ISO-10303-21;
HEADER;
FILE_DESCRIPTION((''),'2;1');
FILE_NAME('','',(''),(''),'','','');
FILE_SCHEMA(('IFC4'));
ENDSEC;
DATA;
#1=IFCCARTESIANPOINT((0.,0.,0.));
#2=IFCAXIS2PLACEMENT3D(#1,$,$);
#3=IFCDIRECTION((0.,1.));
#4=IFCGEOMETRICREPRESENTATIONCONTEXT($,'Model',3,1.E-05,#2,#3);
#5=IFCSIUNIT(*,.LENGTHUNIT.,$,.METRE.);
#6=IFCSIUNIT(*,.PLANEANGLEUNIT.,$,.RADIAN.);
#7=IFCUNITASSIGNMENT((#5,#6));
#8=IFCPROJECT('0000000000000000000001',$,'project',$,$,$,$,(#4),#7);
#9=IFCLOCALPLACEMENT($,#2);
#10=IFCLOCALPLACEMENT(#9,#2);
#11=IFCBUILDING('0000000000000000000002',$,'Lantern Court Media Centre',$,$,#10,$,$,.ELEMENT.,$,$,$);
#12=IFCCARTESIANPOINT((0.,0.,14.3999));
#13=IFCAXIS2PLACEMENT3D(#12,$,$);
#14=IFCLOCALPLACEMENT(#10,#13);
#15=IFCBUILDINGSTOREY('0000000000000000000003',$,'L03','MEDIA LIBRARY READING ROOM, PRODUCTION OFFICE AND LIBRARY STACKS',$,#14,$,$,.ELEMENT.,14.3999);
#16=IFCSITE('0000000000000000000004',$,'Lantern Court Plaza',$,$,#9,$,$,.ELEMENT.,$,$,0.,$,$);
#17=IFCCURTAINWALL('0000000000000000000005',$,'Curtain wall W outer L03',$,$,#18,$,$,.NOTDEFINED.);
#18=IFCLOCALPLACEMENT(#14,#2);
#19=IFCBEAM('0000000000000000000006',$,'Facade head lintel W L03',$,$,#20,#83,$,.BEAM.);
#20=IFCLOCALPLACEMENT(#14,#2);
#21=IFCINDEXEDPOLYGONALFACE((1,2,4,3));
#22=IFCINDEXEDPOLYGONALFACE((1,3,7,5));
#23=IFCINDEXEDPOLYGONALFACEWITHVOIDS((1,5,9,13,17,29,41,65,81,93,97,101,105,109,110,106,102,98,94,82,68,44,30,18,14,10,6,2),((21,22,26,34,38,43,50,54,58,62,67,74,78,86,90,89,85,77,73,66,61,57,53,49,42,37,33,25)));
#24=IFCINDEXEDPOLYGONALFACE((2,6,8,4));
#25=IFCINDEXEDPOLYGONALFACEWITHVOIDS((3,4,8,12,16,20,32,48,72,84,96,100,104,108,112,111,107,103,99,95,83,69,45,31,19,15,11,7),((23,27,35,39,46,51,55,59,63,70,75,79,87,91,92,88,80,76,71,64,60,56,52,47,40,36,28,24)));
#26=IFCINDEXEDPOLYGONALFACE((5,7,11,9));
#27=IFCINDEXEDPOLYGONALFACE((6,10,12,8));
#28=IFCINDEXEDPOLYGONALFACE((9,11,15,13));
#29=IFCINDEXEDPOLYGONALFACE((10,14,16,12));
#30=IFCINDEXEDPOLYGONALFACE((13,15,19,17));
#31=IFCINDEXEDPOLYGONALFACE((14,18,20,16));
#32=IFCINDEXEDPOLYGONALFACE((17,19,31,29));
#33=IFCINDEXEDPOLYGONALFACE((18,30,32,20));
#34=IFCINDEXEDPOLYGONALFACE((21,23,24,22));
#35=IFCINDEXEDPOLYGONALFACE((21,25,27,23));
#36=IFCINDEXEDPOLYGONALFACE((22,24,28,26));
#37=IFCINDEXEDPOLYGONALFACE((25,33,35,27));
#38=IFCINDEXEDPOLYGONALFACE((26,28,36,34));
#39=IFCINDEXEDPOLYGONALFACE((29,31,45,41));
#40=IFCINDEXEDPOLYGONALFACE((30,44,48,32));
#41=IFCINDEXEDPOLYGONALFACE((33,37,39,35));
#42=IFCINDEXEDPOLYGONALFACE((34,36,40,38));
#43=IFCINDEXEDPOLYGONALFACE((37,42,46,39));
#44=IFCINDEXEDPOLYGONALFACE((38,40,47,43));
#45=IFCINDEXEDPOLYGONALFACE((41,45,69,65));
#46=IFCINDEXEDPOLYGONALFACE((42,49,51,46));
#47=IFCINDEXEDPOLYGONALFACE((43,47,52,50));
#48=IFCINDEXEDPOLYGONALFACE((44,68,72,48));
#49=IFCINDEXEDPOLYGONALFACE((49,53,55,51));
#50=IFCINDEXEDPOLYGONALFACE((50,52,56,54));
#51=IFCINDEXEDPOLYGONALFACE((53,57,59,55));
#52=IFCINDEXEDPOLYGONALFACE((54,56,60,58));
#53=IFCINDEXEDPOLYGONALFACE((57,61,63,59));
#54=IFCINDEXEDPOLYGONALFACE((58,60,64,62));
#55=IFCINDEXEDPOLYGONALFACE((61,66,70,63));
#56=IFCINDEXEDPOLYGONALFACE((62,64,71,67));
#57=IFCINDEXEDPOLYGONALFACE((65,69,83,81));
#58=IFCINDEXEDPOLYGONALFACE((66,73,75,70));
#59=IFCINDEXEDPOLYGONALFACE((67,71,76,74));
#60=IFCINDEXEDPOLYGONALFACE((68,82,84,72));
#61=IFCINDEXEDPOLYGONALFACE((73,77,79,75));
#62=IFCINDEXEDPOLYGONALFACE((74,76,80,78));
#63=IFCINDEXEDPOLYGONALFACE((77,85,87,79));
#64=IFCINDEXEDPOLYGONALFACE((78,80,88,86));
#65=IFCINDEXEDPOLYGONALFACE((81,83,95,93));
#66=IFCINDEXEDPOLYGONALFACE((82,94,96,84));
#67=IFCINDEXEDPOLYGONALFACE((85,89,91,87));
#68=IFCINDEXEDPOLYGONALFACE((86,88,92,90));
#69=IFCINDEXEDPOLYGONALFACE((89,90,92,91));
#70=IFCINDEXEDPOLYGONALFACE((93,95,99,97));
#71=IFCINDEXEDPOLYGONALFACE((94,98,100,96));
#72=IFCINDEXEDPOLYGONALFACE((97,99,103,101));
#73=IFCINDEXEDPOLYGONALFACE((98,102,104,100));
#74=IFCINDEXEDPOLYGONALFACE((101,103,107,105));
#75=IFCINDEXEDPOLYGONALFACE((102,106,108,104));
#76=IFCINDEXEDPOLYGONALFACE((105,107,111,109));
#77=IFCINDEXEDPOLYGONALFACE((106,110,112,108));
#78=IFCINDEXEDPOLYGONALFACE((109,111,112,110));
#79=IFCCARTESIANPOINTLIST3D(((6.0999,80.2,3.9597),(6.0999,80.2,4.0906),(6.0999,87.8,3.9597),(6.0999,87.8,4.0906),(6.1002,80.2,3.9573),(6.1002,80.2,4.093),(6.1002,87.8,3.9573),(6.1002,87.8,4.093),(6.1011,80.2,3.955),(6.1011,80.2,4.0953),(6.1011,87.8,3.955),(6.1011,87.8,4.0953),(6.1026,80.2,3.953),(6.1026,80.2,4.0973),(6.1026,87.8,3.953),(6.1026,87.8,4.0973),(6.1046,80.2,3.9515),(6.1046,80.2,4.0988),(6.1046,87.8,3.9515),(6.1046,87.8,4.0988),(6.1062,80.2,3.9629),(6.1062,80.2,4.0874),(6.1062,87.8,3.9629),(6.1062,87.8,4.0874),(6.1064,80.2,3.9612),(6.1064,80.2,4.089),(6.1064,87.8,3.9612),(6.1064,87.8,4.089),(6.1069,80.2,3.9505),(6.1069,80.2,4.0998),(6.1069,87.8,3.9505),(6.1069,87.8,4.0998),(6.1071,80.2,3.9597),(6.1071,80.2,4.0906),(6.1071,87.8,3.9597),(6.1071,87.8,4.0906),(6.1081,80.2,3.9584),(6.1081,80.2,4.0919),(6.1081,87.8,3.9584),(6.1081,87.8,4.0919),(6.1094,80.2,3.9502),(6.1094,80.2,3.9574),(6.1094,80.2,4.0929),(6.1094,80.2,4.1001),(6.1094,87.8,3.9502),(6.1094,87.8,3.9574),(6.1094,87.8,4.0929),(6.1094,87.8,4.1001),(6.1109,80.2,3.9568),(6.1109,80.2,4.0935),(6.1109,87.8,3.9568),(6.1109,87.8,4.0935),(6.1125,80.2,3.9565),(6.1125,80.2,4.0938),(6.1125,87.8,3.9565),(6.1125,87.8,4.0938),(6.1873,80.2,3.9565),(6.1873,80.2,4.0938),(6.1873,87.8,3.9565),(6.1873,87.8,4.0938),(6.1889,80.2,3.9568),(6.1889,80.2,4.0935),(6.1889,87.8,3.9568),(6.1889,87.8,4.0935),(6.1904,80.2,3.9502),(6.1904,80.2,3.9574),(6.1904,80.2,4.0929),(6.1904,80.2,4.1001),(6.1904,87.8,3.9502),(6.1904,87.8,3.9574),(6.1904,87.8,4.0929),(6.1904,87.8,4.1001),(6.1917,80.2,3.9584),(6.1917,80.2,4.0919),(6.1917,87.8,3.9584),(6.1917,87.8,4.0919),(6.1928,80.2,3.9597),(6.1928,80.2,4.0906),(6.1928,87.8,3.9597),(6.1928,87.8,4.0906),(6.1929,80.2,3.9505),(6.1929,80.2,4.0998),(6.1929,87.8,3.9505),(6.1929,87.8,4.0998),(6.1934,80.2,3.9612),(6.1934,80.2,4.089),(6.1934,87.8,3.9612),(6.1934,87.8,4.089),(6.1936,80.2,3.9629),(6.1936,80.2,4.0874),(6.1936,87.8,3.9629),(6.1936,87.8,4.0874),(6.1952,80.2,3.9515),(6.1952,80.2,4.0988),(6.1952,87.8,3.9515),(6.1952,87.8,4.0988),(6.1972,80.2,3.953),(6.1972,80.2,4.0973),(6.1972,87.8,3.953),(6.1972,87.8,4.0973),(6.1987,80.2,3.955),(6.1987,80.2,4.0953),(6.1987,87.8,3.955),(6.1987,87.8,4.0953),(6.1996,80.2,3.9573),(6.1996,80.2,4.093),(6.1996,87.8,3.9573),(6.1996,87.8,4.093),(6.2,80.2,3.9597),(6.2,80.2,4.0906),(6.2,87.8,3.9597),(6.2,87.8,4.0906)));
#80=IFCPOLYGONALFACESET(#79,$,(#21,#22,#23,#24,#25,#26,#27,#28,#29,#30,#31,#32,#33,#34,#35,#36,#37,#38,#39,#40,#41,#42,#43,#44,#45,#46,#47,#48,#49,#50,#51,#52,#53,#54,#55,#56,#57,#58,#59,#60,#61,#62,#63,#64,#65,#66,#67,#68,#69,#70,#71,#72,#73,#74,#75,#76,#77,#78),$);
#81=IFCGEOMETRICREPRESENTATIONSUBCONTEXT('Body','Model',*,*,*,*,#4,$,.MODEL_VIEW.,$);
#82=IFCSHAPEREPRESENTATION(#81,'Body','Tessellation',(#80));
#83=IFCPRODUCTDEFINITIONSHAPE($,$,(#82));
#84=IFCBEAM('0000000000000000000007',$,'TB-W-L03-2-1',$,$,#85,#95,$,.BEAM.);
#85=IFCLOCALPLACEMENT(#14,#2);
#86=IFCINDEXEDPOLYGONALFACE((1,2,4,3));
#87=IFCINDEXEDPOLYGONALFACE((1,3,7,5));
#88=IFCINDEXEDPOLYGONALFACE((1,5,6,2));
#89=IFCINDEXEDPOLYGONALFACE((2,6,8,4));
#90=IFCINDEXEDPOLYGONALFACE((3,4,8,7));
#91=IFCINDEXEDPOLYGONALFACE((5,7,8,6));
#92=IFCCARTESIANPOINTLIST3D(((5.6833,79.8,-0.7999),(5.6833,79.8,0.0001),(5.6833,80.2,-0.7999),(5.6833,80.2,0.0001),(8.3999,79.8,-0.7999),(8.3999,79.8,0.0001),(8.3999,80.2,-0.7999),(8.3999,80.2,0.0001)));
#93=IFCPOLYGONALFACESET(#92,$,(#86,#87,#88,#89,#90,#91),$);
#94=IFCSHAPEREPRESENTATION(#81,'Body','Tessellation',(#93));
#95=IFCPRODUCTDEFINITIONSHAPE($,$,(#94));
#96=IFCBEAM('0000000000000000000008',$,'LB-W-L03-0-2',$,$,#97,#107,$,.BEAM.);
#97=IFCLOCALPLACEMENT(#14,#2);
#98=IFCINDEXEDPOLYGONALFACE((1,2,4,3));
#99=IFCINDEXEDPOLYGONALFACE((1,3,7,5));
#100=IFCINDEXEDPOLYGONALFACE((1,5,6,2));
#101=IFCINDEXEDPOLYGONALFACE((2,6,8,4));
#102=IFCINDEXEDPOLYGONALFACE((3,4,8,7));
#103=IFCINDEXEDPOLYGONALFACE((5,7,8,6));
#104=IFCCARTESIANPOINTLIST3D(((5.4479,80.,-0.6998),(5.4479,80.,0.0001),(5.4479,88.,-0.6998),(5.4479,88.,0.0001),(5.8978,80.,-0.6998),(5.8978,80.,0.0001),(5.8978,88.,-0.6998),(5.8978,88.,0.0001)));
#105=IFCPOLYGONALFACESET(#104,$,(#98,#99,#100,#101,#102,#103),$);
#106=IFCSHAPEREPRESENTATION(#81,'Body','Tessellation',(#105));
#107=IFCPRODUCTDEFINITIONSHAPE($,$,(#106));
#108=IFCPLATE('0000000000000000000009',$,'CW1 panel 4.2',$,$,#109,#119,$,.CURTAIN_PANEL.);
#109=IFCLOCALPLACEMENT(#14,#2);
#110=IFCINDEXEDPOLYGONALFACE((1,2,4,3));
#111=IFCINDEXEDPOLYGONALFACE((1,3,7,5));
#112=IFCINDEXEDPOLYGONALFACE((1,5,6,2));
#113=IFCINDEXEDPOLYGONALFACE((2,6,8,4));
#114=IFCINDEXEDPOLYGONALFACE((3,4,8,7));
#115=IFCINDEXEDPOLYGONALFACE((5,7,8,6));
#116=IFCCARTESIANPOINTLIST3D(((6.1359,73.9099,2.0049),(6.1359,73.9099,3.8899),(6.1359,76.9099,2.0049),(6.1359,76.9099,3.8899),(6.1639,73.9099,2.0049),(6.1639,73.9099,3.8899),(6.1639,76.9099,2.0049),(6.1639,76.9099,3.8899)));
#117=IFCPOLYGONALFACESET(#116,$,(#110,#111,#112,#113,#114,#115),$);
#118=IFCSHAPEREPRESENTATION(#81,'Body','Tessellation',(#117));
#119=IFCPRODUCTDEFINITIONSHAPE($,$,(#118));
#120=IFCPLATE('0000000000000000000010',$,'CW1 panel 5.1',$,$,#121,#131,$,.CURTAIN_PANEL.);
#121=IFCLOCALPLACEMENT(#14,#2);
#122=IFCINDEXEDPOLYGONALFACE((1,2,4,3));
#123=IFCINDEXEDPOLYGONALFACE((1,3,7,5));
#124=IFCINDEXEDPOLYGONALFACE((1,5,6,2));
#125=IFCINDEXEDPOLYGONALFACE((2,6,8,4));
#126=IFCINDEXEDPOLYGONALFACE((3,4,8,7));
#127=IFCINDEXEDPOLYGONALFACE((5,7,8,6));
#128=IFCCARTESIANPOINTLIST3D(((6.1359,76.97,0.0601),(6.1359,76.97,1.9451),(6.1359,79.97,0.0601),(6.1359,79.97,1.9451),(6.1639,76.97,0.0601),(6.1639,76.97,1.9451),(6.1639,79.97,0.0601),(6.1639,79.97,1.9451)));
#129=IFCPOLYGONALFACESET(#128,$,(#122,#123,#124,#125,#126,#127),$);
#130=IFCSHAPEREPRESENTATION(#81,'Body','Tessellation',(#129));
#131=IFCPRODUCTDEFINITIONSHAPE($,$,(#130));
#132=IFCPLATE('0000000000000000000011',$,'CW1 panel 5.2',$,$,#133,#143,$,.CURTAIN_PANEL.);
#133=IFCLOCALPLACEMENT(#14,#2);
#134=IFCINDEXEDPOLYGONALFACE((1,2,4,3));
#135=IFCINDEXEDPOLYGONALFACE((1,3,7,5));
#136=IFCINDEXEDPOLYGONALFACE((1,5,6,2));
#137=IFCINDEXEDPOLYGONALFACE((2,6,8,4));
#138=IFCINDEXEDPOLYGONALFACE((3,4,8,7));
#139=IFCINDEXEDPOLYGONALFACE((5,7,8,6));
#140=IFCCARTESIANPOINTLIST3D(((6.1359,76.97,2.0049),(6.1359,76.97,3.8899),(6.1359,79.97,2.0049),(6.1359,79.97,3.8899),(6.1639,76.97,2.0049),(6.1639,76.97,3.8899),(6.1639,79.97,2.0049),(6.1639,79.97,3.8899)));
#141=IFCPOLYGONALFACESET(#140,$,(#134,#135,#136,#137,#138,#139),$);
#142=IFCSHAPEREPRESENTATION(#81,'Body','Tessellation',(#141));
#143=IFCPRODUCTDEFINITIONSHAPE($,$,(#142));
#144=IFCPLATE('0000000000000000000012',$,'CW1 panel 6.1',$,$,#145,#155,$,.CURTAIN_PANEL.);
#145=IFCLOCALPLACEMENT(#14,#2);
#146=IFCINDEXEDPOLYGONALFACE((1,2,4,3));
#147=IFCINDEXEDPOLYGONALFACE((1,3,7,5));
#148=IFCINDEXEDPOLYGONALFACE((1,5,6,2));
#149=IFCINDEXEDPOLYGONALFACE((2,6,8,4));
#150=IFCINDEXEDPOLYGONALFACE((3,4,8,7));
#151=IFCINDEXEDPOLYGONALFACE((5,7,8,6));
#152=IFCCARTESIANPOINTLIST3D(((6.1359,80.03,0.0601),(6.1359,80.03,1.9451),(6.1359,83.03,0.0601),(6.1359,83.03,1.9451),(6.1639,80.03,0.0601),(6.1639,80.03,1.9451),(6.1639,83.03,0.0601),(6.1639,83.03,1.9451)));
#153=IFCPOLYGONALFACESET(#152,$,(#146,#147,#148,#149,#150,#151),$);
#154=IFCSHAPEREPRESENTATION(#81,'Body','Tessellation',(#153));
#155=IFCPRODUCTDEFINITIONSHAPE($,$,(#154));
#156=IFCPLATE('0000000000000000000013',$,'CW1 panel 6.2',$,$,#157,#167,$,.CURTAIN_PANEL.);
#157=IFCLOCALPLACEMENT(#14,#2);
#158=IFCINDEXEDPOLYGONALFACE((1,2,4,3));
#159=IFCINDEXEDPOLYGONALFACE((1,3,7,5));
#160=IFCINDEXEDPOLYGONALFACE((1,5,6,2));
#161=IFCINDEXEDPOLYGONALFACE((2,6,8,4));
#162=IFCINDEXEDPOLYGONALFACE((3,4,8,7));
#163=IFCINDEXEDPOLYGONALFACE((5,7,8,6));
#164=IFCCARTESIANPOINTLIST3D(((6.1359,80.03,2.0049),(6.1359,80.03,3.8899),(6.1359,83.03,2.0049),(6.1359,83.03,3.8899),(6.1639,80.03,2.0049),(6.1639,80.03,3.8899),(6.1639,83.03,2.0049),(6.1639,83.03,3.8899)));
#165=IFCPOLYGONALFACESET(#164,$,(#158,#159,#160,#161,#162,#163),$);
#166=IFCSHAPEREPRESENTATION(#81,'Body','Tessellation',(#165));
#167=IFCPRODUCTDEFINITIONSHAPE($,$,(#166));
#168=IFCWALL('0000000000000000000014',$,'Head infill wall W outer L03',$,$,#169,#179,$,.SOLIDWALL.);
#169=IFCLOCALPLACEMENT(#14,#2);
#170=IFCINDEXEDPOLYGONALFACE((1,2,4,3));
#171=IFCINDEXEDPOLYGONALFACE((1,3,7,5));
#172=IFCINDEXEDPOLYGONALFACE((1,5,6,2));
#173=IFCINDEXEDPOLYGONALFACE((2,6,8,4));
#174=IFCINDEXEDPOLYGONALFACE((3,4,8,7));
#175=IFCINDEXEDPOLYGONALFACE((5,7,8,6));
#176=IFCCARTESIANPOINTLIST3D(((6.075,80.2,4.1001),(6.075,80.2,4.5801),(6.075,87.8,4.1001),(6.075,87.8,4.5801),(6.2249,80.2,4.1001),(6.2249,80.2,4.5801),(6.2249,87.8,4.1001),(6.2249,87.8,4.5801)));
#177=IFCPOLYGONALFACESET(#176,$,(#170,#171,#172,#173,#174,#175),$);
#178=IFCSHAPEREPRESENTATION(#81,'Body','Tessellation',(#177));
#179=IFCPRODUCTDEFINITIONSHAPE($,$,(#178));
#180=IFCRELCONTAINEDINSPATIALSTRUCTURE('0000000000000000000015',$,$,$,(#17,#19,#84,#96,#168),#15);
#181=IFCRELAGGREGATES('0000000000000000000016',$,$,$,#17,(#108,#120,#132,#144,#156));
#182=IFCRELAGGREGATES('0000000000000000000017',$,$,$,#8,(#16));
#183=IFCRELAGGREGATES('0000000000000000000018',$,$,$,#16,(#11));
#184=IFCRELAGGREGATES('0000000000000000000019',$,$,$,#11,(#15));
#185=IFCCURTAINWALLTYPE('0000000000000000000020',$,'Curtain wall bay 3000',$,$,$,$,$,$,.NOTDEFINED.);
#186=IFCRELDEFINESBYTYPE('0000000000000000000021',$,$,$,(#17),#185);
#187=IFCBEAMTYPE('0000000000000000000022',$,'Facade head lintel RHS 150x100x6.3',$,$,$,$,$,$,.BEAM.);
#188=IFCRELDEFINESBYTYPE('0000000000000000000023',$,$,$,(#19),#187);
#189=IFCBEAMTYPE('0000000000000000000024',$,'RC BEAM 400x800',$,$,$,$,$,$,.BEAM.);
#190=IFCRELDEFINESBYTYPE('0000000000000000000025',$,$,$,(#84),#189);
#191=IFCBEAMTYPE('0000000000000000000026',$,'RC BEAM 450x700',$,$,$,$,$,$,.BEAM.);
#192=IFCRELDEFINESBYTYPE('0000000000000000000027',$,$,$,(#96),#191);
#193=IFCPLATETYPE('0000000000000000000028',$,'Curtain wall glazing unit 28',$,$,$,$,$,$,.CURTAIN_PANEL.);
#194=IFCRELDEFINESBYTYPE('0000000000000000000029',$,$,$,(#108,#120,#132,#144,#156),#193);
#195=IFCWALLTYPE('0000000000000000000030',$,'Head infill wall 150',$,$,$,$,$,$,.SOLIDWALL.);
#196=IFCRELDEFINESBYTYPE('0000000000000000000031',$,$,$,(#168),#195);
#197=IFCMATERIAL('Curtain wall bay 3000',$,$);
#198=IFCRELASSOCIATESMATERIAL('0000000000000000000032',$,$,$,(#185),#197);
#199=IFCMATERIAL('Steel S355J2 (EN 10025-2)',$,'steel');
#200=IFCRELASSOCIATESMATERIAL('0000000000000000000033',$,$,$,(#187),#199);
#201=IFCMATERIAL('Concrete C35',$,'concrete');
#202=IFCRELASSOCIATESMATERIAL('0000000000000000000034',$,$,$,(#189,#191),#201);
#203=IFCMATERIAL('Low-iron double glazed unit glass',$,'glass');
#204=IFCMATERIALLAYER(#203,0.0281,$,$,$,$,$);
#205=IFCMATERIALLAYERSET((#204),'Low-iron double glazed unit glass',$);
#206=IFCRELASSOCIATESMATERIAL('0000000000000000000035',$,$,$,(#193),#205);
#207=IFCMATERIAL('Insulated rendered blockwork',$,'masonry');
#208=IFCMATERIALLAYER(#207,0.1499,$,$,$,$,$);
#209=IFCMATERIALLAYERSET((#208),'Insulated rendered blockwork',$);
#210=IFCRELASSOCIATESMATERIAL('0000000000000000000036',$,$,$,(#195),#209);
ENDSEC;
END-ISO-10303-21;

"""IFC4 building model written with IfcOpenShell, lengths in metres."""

from ifc_helpers import new_model, si_unit, direction, frame, frame_2d, origin, origin_2d, place, context, subcontext, project, spatial, rectangle, hollow_rectangle, extrude, material, layer, layer_set, material_profile, profile_set, type_object, element, aggregate, save


model = new_model("IFC4")

# Units and contexts
model_context = context("Model", 3, precision=1e-05, world=origin(), true_north=direction((0.0, 1.0)))
body_context = subcontext(model_context, "Body", "Model", "MODEL_VIEW")
ifc_project = project(units=[si_unit("LENGTHUNIT", "METRE"), si_unit("PLANEANGLEUNIT", "RADIAN")], contexts=[model_context])

# Site, building, storey
site_placement = place(None, origin())
site = spatial("IfcSite", under=ifc_project, at=site_placement, Name="Lantern Court Plaza", CompositionType="ELEMENT", RefElevation=0.0)
building_placement = place(site_placement, origin())
building = spatial("IfcBuilding", under=site, at=building_placement, Name="Lantern Court Media Centre", CompositionType="ELEMENT")
storey_placement = place(building_placement, frame((0.0, 0.0, 14.3999)))
storey = spatial("IfcBuildingStorey", under=building, at=storey_placement, Name="L03", Description="MEDIA LIBRARY READING ROOM, PRODUCTION OFFICE AND LIBRARY STACKS", CompositionType="ELEMENT", Elevation=14.3999)

# Shared definitions
ifc_material_1 = material(Name="Concrete C35", Category="concrete")

# Curtain wall
ifc_material_2 = material(Name="Curtain wall bay 3000")
curtain_wall_type = type_object("IfcCurtainWallType", Name="Curtain wall bay 3000", PredefinedType="NOTDEFINED", material=ifc_material_2)
curtain_wall_placement = place(storey_placement, origin())
curtain_wall = element("IfcCurtainWall", 1, at=curtain_wall_placement, inside=storey, type_object=curtain_wall_type, Name="Curtain wall W outer L03", PredefinedType="NOTDEFINED")

# Beams
ifc_material_3 = material(Name="Steel S355J2 (EN 10025-2)", Category="steel")
ifc_material_profile_1 = material_profile(ifc_material_3, hollow_rectangle(XDim=0.1001, YDim=0.1499, WallThickness=0.0063, InnerFilletRadius=0.0063, OuterFilletRadius=0.0095, at=origin_2d()), Name="Facade head lintel RHS 150x100x6.3")
ifc_profile_set_1 = profile_set([ifc_material_profile_1], Name="Steel S355J2 (EN 10025-2)")
beam_type_1 = type_object("IfcBeamType", Name="Facade head lintel RHS 150x100x6.3", PredefinedType="BEAM", material=ifc_profile_set_1)
beam_1_placement = place(storey_placement, frame((6.1499, 80.2, 4.0251), z_axis=(0.0, 1.0, 0.0), x_axis=(-1.0, 0.0, 0.0)))
element("IfcBeam", 2, at=beam_1_placement, inside=storey, type_object=beam_type_1, Name="Facade head lintel W L03", PredefinedType="BEAM", context=body_context, shape_type="SweptSolid", body=[
    extrude(hollow_rectangle(XDim=0.1001, YDim=0.1499, WallThickness=0.0063, InnerFilletRadius=0.0063, OuterFilletRadius=0.0095, at=origin_2d()), origin(), (0.0, 0.0, 1.0), 7.6001),
])
ifc_material_profile_2 = material_profile(ifc_material_1, rectangle(XDim=0.3999, YDim=0.8, at=origin_2d()), Name="RC 400x800")
ifc_profile_set_2 = profile_set([ifc_material_profile_2], Name="Concrete C35")
beam_type_2 = type_object("IfcBeamType", Name="RC BEAM 400x800", PredefinedType="BEAM", material=ifc_profile_set_2)
beam_2_placement = place(storey_placement, frame((5.6833, 80.0, -0.3999), z_axis=(1.0, 0.0, 0.0), x_axis=(0.0, 1.0, 0.0)))
element("IfcBeam", 3, at=beam_2_placement, inside=storey, type_object=beam_type_2, Name="TB-W-L03-2-1", PredefinedType="BEAM", context=body_context, shape_type="SweptSolid", body=[
    extrude(rectangle(XDim=0.3999, YDim=0.8, at=origin_2d()), origin(), (0.0, 0.0, 1.0), 2.7166),
])
ifc_material_profile_3 = material_profile(ifc_material_1, rectangle(XDim=0.45, YDim=0.7, at=origin_2d()), Name="RC 450x700")
ifc_profile_set_3 = profile_set([ifc_material_profile_3], Name="Concrete C35")
beam_type_3 = type_object("IfcBeamType", Name="RC BEAM 450x700", PredefinedType="BEAM", material=ifc_profile_set_3)
beam_3_placement = place(storey_placement, frame((5.6729, 80.0, -0.3499), z_axis=(0.0, 1.0, 0.0), x_axis=(-1.0, 0.0, 0.0)))
element("IfcBeam", 4, at=beam_3_placement, inside=storey, type_object=beam_type_3, Name="LB-W-L03-0-2", PredefinedType="BEAM", context=body_context, shape_type="SweptSolid", body=[
    extrude(rectangle(XDim=0.45, YDim=0.7, at=origin_2d()), origin(), (0.0, 0.0, 1.0), 8.0),
])

# Plates
ifc_material_4 = material(Name="Low-iron double glazed unit glass", Category="glass")
ifc_layer_1 = layer(ifc_material_4, 0.0281)
ifc_layer_set_1 = layer_set([ifc_layer_1], Name="Low-iron double glazed unit glass")
plate_type = type_object("IfcPlateType", Name="Curtain wall glazing unit 28", PredefinedType="CURTAIN_PANEL", material=ifc_layer_set_1)
plate_1_placement = place(storey_placement, frame((6.1499, 75.4099, 2.0049), z_axis=(0.0, 0.0, 1.0), x_axis=(0.0, 1.0, 0.0)))
plate_1 = element("IfcPlate", 5, at=plate_1_placement, type_object=plate_type, Name="CW1 panel 4.2", PredefinedType="CURTAIN_PANEL", context=body_context, shape_type="SweptSolid", body=[
    extrude(rectangle(XDim=3.0, YDim=0.0281, at=origin_2d()), origin(), (0.0, 0.0, 1.0), 1.885),
])
plate_2_placement = place(storey_placement, frame((6.1499, 78.47, 0.0601), z_axis=(0.0, 0.0, 1.0), x_axis=(0.0, 1.0, 0.0)))
plate_2 = element("IfcPlate", 6, at=plate_2_placement, type_object=plate_type, Name="CW1 panel 5.1", PredefinedType="CURTAIN_PANEL", context=body_context, shape_type="SweptSolid", body=[
    extrude(rectangle(XDim=3.0, YDim=0.0281, at=origin_2d()), origin(), (0.0, 0.0, 1.0), 1.885),
])
plate_3_placement = place(storey_placement, frame((6.1499, 78.47, 2.0049), z_axis=(0.0, 0.0, 1.0), x_axis=(0.0, 1.0, 0.0)))
plate_3 = element("IfcPlate", 7, at=plate_3_placement, type_object=plate_type, Name="CW1 panel 5.2", PredefinedType="CURTAIN_PANEL", context=body_context, shape_type="SweptSolid", body=[
    extrude(rectangle(XDim=3.0, YDim=0.0281, at=origin_2d()), origin(), (0.0, 0.0, 1.0), 1.885),
])
plate_4_placement = place(storey_placement, frame((6.1499, 81.53, 0.0601), z_axis=(0.0, 0.0, 1.0), x_axis=(0.0, 1.0, 0.0)))
plate_4 = element("IfcPlate", 8, at=plate_4_placement, type_object=plate_type, Name="CW1 panel 6.1", PredefinedType="CURTAIN_PANEL", context=body_context, shape_type="SweptSolid", body=[
    extrude(rectangle(XDim=3.0, YDim=0.0281, at=origin_2d()), origin(), (0.0, 0.0, 1.0), 1.885),
])
plate_5_placement = place(storey_placement, frame((6.1499, 81.53, 2.0049), z_axis=(0.0, 0.0, 1.0), x_axis=(0.0, 1.0, 0.0)))
plate_5 = element("IfcPlate", 9, at=plate_5_placement, type_object=plate_type, Name="CW1 panel 6.2", PredefinedType="CURTAIN_PANEL", context=body_context, shape_type="SweptSolid", body=[
    extrude(rectangle(XDim=3.0, YDim=0.0281, at=origin_2d()), origin(), (0.0, 0.0, 1.0), 1.885),
])
aggregate(curtain_wall, [plate_1, plate_2, plate_3, plate_4, plate_5])

# Wall
ifc_material_5 = material(Name="Insulated rendered blockwork", Category="masonry")
ifc_layer_2 = layer(ifc_material_5, 0.1499)
ifc_layer_set_2 = layer_set([ifc_layer_2], Name="Insulated rendered blockwork")
wall_type_1 = type_object("IfcWallType", Name="Head infill wall 150", PredefinedType="SOLIDWALL", material=ifc_layer_set_2)
wall_1_placement = place(storey_placement, frame((6.1499, 80.2, 4.1001), z_axis=(0.0, 0.0, 1.0), x_axis=(0.0, 1.0, 0.0)))
element("IfcWall", 10, at=wall_1_placement, inside=storey, type_object=wall_type_1, Name="Head infill wall W outer L03", PredefinedType="SOLIDWALL", context=body_context, shape_type="SweptSolid", body=[
    extrude(rectangle(XDim=7.6001, YDim=0.1499, at=frame_2d((3.8, 0.0))), origin(), (0.0, 0.0, 1.0), 0.48),
])

save(model, "model.ifc")
